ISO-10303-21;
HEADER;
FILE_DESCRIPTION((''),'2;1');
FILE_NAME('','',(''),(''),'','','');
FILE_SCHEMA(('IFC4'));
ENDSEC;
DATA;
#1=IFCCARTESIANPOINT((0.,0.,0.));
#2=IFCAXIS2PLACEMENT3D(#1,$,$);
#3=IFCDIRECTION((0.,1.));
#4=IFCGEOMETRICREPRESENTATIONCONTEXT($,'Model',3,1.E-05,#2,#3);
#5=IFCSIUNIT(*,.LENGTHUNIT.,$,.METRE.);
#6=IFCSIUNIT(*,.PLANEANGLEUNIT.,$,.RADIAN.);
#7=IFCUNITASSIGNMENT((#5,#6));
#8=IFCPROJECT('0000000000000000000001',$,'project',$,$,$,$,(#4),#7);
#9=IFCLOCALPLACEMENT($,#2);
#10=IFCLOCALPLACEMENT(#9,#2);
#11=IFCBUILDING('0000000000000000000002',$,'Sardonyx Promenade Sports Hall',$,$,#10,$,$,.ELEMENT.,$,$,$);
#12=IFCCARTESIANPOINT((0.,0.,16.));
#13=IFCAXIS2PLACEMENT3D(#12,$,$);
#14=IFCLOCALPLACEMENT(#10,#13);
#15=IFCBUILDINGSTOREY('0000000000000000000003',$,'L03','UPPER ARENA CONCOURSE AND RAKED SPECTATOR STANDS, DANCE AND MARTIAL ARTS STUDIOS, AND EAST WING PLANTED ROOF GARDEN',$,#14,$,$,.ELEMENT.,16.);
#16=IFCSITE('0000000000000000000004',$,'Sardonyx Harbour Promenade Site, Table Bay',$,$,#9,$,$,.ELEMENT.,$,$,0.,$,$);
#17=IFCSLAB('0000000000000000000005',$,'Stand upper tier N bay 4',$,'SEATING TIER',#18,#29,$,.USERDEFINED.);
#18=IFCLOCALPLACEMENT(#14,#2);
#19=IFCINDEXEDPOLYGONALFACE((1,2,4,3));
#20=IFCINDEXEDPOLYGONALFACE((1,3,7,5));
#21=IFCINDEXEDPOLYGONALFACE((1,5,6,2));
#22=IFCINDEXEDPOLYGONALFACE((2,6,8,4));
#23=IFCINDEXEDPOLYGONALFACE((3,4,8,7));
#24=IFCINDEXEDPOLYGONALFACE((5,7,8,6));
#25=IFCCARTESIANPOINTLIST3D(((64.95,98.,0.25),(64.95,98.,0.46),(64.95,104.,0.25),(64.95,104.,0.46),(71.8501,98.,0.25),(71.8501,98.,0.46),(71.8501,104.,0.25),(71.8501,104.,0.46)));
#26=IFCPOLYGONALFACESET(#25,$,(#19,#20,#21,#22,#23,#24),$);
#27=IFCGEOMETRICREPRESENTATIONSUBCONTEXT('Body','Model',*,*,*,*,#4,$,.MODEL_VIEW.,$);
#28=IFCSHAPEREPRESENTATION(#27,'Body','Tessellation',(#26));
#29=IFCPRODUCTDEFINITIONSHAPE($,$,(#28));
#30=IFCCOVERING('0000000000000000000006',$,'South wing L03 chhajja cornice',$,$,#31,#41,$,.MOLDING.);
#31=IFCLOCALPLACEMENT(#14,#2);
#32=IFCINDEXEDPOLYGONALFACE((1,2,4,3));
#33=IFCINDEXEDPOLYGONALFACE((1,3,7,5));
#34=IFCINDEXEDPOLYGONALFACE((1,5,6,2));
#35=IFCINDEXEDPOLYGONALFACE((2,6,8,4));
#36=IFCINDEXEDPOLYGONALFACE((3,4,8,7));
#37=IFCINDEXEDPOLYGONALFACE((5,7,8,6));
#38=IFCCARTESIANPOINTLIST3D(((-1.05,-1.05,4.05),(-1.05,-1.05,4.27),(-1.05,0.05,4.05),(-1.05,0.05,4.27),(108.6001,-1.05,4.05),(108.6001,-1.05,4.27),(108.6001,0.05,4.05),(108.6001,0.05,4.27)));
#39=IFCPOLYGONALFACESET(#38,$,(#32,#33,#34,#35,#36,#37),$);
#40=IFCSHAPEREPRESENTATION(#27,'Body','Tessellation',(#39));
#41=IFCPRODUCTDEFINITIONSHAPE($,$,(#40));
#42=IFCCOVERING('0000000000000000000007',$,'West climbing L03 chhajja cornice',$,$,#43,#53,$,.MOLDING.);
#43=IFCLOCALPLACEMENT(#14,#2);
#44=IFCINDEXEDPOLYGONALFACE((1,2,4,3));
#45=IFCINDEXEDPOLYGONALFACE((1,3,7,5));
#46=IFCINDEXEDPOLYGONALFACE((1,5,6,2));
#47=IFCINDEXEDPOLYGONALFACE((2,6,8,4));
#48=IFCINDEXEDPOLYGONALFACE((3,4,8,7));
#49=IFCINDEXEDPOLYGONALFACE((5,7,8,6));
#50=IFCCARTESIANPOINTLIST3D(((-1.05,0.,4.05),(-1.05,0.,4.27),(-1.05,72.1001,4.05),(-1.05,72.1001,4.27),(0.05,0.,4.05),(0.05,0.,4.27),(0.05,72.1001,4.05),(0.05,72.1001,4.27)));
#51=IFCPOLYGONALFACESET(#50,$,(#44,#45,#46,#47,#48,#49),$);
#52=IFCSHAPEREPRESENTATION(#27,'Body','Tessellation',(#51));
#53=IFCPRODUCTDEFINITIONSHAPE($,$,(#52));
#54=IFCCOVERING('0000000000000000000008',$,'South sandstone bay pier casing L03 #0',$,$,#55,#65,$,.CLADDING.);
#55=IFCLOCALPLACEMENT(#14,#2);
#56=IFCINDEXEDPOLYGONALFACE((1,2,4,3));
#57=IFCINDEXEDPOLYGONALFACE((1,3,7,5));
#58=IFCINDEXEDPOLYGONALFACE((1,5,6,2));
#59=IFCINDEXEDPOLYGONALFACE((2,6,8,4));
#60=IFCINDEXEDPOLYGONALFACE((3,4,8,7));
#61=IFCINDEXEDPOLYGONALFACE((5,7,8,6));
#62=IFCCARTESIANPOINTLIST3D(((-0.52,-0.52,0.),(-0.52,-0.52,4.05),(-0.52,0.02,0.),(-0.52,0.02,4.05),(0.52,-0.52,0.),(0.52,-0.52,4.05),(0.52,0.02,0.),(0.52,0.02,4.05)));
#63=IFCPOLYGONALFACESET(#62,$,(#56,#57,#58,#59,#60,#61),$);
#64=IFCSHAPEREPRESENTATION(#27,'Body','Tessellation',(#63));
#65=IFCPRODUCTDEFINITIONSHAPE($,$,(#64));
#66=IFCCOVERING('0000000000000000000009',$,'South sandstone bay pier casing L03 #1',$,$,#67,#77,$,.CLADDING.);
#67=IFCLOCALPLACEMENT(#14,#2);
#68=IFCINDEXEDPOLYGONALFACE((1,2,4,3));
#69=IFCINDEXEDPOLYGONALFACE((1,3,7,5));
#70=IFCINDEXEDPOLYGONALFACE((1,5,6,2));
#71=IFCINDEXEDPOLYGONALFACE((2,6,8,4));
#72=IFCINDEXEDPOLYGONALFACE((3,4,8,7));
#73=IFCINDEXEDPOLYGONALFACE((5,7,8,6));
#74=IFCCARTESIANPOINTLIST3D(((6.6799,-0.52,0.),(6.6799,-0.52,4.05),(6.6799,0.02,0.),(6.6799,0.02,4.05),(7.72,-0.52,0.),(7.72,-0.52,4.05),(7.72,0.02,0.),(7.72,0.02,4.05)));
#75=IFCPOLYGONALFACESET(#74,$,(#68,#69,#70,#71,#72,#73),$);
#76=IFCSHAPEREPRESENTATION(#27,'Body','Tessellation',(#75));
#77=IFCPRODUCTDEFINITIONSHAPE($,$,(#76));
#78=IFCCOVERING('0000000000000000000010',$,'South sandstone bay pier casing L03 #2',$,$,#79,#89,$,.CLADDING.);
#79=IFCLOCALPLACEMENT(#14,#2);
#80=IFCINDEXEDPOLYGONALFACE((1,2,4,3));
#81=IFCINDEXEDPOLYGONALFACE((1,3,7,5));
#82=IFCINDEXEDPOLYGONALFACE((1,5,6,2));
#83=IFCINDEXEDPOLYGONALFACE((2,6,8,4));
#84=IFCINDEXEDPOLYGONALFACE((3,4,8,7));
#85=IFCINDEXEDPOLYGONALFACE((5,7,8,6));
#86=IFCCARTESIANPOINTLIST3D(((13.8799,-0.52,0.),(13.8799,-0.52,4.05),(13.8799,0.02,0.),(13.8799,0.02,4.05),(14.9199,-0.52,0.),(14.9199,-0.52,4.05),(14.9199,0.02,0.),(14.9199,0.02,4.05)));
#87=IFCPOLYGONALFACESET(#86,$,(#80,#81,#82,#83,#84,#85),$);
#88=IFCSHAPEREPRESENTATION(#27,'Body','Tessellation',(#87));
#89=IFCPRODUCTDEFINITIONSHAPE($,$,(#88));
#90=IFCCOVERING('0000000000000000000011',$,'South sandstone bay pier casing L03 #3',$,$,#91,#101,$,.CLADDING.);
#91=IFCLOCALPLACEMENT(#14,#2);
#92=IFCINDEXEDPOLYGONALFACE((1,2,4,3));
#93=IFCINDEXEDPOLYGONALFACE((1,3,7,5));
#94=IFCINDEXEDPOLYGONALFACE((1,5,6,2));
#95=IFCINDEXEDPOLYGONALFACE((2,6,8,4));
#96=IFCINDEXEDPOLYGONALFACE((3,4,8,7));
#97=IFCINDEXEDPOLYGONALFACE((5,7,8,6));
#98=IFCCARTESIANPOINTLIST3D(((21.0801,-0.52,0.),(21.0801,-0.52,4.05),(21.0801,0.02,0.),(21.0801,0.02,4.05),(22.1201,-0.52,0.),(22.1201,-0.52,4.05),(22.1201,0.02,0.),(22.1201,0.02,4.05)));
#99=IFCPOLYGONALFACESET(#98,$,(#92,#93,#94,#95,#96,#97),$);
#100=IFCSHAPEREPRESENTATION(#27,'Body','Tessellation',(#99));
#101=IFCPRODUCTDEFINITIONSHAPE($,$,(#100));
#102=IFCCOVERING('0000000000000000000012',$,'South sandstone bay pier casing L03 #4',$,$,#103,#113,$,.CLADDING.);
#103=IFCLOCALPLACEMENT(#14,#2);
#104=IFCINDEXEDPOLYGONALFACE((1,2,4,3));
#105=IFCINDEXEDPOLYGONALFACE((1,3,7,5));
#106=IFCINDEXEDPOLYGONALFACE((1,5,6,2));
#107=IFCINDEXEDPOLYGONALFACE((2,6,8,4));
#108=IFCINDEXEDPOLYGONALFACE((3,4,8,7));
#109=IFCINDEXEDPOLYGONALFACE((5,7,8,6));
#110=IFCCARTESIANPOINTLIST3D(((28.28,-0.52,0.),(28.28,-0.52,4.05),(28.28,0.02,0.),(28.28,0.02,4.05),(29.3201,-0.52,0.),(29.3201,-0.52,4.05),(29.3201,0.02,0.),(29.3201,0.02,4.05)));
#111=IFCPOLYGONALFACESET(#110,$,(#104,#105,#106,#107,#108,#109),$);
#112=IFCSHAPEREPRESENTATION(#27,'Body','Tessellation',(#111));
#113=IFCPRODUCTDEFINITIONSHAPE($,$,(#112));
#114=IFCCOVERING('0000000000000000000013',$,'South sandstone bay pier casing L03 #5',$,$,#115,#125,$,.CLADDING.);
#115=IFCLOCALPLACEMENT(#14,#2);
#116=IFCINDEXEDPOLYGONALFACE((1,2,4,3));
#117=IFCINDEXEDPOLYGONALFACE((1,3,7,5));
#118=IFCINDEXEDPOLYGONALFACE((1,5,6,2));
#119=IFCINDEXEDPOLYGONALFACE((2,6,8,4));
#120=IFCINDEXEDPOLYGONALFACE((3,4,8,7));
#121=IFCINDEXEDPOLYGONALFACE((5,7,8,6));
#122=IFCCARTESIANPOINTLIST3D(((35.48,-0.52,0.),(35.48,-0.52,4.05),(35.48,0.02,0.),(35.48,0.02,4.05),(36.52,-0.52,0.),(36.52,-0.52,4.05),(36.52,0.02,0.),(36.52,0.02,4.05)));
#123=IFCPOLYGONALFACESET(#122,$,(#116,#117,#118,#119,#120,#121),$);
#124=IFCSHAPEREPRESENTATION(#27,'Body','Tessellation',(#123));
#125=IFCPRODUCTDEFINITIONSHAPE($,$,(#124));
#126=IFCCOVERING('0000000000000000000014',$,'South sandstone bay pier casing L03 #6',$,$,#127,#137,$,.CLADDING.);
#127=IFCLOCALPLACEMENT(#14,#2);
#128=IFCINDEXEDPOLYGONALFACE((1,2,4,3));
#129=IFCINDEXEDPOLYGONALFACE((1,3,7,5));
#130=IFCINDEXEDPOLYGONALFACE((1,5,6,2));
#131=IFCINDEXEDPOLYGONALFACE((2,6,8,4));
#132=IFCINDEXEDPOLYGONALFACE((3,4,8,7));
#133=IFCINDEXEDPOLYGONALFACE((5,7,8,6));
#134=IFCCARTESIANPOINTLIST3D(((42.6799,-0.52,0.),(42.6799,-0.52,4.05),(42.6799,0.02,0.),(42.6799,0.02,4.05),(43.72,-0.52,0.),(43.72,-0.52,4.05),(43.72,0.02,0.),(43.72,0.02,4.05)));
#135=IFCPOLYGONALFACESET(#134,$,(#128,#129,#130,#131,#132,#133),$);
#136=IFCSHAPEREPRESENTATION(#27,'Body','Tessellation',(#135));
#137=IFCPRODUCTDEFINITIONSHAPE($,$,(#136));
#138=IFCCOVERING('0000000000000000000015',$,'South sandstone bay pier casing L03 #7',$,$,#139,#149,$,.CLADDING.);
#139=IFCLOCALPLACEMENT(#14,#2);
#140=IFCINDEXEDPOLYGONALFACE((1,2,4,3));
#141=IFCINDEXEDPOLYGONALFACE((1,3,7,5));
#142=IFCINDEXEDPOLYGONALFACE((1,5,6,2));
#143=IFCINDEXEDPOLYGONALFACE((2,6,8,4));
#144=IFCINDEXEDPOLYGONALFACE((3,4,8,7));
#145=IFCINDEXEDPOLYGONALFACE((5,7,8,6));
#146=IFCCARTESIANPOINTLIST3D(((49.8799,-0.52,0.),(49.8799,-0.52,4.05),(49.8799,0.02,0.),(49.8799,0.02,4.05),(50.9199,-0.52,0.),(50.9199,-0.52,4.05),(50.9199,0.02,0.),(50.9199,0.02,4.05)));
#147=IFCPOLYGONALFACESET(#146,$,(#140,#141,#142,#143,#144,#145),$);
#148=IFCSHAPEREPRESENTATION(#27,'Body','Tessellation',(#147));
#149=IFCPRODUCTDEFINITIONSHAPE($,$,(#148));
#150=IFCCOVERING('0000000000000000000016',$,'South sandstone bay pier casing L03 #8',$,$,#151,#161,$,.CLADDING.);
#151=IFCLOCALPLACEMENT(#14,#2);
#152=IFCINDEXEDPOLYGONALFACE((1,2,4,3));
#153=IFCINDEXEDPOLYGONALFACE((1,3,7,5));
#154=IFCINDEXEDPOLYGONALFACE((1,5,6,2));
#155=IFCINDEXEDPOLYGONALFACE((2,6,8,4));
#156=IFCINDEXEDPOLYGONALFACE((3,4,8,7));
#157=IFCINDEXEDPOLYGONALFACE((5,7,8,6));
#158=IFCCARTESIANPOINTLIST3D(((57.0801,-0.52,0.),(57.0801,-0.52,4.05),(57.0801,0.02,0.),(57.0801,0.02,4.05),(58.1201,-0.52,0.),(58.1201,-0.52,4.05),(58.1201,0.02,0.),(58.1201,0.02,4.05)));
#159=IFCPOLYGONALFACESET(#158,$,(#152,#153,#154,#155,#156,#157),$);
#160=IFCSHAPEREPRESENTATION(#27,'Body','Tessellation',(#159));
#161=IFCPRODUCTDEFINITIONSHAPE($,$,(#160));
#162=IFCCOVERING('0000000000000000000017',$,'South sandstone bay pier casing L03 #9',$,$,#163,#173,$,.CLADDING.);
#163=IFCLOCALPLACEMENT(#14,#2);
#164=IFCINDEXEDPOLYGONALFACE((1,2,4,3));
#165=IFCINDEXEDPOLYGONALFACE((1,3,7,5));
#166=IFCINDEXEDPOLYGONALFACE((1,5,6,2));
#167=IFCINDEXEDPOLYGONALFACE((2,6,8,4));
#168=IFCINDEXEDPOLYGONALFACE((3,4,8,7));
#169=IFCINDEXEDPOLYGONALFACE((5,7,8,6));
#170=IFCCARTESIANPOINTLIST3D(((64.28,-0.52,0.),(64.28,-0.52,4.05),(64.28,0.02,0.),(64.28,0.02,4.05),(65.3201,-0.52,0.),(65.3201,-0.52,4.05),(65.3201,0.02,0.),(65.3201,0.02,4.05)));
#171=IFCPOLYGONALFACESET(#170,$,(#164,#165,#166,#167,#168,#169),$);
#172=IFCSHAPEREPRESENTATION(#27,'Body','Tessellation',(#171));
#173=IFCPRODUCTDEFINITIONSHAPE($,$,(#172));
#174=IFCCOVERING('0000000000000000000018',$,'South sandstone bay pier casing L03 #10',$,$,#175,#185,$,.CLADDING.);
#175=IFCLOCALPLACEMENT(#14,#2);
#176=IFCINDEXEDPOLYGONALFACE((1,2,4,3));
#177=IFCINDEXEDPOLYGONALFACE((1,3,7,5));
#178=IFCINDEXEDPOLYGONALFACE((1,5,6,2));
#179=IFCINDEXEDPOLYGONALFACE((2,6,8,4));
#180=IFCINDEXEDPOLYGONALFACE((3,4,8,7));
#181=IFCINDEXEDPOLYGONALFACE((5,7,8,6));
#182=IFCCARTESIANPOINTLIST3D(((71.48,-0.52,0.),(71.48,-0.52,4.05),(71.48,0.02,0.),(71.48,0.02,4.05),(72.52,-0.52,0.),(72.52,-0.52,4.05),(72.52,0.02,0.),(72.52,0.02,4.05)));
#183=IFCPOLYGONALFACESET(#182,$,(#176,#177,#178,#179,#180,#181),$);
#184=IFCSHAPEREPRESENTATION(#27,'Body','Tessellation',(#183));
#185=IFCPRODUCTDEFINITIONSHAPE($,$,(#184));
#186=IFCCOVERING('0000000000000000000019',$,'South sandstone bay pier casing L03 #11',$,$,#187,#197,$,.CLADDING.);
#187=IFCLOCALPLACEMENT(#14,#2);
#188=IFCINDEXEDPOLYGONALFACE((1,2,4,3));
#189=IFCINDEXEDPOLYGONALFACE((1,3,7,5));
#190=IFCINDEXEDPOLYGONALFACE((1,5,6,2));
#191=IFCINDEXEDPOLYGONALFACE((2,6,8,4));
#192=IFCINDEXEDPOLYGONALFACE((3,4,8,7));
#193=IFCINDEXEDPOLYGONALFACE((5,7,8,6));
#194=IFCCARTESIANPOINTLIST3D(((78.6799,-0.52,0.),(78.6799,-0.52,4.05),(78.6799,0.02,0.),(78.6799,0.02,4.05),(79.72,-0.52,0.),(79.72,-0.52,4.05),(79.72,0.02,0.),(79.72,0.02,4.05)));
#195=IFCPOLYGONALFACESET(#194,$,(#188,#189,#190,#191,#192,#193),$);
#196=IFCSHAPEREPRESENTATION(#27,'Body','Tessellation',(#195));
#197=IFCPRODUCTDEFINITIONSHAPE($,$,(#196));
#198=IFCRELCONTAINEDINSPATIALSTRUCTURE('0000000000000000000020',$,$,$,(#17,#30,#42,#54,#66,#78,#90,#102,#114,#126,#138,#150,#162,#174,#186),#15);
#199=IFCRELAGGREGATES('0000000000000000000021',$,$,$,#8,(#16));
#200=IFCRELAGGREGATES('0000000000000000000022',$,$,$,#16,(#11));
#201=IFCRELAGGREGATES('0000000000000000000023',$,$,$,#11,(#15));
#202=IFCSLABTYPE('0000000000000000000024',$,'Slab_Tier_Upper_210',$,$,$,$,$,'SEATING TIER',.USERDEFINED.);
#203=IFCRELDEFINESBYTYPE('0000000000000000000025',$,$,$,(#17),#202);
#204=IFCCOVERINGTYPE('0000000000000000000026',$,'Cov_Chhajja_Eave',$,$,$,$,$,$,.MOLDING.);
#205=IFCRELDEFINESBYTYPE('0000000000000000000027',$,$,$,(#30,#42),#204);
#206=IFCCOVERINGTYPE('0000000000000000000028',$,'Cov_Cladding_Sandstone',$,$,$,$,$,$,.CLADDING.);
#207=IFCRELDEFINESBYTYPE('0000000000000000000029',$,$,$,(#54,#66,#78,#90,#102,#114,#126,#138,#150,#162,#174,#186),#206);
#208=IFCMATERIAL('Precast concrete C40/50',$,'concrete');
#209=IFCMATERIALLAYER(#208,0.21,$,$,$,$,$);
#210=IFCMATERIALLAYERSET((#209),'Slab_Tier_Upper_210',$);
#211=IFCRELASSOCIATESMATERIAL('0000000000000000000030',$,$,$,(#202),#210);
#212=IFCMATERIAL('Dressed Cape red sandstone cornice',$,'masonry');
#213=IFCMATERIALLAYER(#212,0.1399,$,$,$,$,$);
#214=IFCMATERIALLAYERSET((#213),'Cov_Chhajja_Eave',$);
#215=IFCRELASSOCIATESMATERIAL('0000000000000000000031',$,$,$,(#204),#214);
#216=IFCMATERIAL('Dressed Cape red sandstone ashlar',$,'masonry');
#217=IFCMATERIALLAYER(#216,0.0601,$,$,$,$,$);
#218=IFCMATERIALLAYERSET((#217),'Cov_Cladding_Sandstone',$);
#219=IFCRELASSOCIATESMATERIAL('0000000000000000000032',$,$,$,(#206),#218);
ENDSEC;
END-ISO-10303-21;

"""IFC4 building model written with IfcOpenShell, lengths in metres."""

from ifc_helpers import new_model, si_unit, direction, frame, origin, place, context, subcontext, project, spatial, polyline, outline, extrude, material, layer, layer_set, type_object, element, save


model = new_model("IFC4")

# Units and contexts
model_context = context("Model", 3, precision=1e-05, world=origin(), true_north=direction((0.0, 1.0)))
body_context = subcontext(model_context, "Body", "Model", "MODEL_VIEW")
ifc_project = project(units=[si_unit("LENGTHUNIT", "METRE"), si_unit("PLANEANGLEUNIT", "RADIAN")], contexts=[model_context])

# Site, building, storey
site_placement = place(None, origin())
site = spatial("IfcSite", under=ifc_project, at=site_placement, Name="Sardonyx Harbour Promenade Site, Table Bay", CompositionType="ELEMENT", RefElevation=0.0)
building_placement = place(site_placement, origin())
building = spatial("IfcBuilding", under=site, at=building_placement, Name="Sardonyx Promenade Sports Hall", CompositionType="ELEMENT")
storey_placement = place(building_placement, frame((0.0, 0.0, 16.0)))
storey = spatial("IfcBuildingStorey", under=building, at=storey_placement, Name="L03", Description="UPPER ARENA CONCOURSE AND RAKED SPECTATOR STANDS, DANCE AND MARTIAL ARTS STUDIOS, AND EAST WING PLANTED ROOF GARDEN", CompositionType="ELEMENT", Elevation=16.0)

# Slab
ifc_material_1 = material(Name="Precast concrete C40/50", Category="concrete")
ifc_layer_1 = layer(ifc_material_1, 0.21)
ifc_layer_set_1 = layer_set([ifc_layer_1], Name="Slab_Tier_Upper_210")
slab_type_1 = type_object("IfcSlabType", Name="Slab_Tier_Upper_210", ElementType="SEATING TIER", PredefinedType="USERDEFINED", material=ifc_layer_set_1)
slab_1_placement = place(storey_placement, frame((0.0, 0.0, 0.25)))
element("IfcSlab", 1, at=slab_1_placement, inside=storey, type_object=slab_type_1, Name="Stand upper tier N bay 4", ObjectType="SEATING TIER", PredefinedType="USERDEFINED", context=body_context, shape_type="SweptSolid", body=[
    extrude(outline(polyline([(64.95, 98.0), (71.8501, 98.0), (71.8501, 104.0), (64.95, 104.0), (64.95, 98.0)])), origin(), (0.0, 0.0, 1.0), 0.21),
])

# Coverings
ifc_material_2 = material(Name="Dressed Cape red sandstone cornice", Category="masonry")
ifc_layer_2 = layer(ifc_material_2, 0.1399)
ifc_layer_set_2 = layer_set([ifc_layer_2], Name="Cov_Chhajja_Eave")
covering_type_1 = type_object("IfcCoveringType", Name="Cov_Chhajja_Eave", PredefinedType="MOLDING", material=ifc_layer_set_2)
covering_1_placement = place(storey_placement, frame((0.0, 0.0, 4.05)))
element("IfcCovering", 2, at=covering_1_placement, inside=storey, type_object=covering_type_1, Name="South wing L03 chhajja cornice", PredefinedType="MOLDING", context=body_context, shape_type="SweptSolid", body=[
    extrude(outline(polyline([(-1.05, -1.05), (108.6001, -1.05), (108.6001, 0.05), (-1.05, 0.05), (-1.05, -1.05)])), origin(), (0.0, 0.0, 1.0), 0.22),
])
covering_2_placement = place(storey_placement, frame((0.0, 0.0, 4.05)))
element("IfcCovering", 3, at=covering_2_placement, inside=storey, type_object=covering_type_1, Name="West climbing L03 chhajja cornice", PredefinedType="MOLDING", context=body_context, shape_type="SweptSolid", body=[
    extrude(outline(polyline([(-1.05, 0.0), (0.05, 0.0), (0.05, 72.1001), (-1.05, 72.1001), (-1.05, 0.0)])), origin(), (0.0, 0.0, 1.0), 0.22),
])
ifc_material_3 = material(Name="Dressed Cape red sandstone ashlar", Category="masonry")
ifc_layer_3 = layer(ifc_material_3, 0.0601)
ifc_layer_set_3 = layer_set([ifc_layer_3], Name="Cov_Cladding_Sandstone")
covering_type_2 = type_object("IfcCoveringType", Name="Cov_Cladding_Sandstone", PredefinedType="CLADDING", material=ifc_layer_set_3)
covering_3_placement = place(storey_placement, origin())
element("IfcCovering", 4, at=covering_3_placement, inside=storey, type_object=covering_type_2, Name="South sandstone bay pier casing L03 #0", PredefinedType="CLADDING", context=body_context, shape_type="SweptSolid", body=[
    extrude(outline(polyline([(-0.52, -0.52), (0.52, -0.52), (0.52, 0.02), (-0.52, 0.02), (-0.52, -0.52)])), origin(), (0.0, 0.0, 1.0), 4.05),
])
covering_4_placement = place(storey_placement, origin())
element("IfcCovering", 5, at=covering_4_placement, inside=storey, type_object=covering_type_2, Name="South sandstone bay pier casing L03 #1", PredefinedType="CLADDING", context=body_context, shape_type="SweptSolid", body=[
    extrude(outline(polyline([(6.6799, -0.52), (7.72, -0.52), (7.72, 0.02), (6.6799, 0.02), (6.6799, -0.52)])), origin(), (0.0, 0.0, 1.0), 4.05),
])
covering_5_placement = place(storey_placement, origin())
element("IfcCovering", 6, at=covering_5_placement, inside=storey, type_object=covering_type_2, Name="South sandstone bay pier casing L03 #2", PredefinedType="CLADDING", context=body_context, shape_type="SweptSolid", body=[
    extrude(outline(polyline([(13.8799, -0.52), (14.9199, -0.52), (14.9199, 0.02), (13.8799, 0.02), (13.8799, -0.52)])), origin(), (0.0, 0.0, 1.0), 4.05),
])
covering_6_placement = place(storey_placement, origin())
element("IfcCovering", 7, at=covering_6_placement, inside=storey, type_object=covering_type_2, Name="South sandstone bay pier casing L03 #3", PredefinedType="CLADDING", context=body_context, shape_type="SweptSolid", body=[
    extrude(outline(polyline([(21.0801, -0.52), (22.1201, -0.52), (22.1201, 0.02), (21.0801, 0.02), (21.0801, -0.52)])), origin(), (0.0, 0.0, 1.0), 4.05),
])
covering_7_placement = place(storey_placement, origin())
element("IfcCovering", 8, at=covering_7_placement, inside=storey, type_object=covering_type_2, Name="South sandstone bay pier casing L03 #4", PredefinedType="CLADDING", context=body_context, shape_type="SweptSolid", body=[
    extrude(outline(polyline([(28.28, -0.52), (29.3201, -0.52), (29.3201, 0.02), (28.28, 0.02), (28.28, -0.52)])), origin(), (0.0, 0.0, 1.0), 4.05),
])
covering_8_placement = place(storey_placement, origin())
element("IfcCovering", 9, at=covering_8_placement, inside=storey, type_object=covering_type_2, Name="South sandstone bay pier casing L03 #5", PredefinedType="CLADDING", context=body_context, shape_type="SweptSolid", body=[
    extrude(outline(polyline([(35.48, -0.52), (36.52, -0.52), (36.52, 0.02), (35.48, 0.02), (35.48, -0.52)])), origin(), (0.0, 0.0, 1.0), 4.05),
])
covering_9_placement = place(storey_placement, origin())
element("IfcCovering", 10, at=covering_9_placement, inside=storey, type_object=covering_type_2, Name="South sandstone bay pier casing L03 #6", PredefinedType="CLADDING", context=body_context, shape_type="SweptSolid", body=[
    extrude(outline(polyline([(42.6799, -0.52), (43.72, -0.52), (43.72, 0.02), (42.6799, 0.02), (42.6799, -0.52)])), origin(), (0.0, 0.0, 1.0), 4.05),
])
covering_10_placement = place(storey_placement, origin())
element("IfcCovering", 11, at=covering_10_placement, inside=storey, type_object=covering_type_2, Name="South sandstone bay pier casing L03 #7", PredefinedType="CLADDING", context=body_context, shape_type="SweptSolid", body=[
    extrude(outline(polyline([(49.8799, -0.52), (50.9199, -0.52), (50.9199, 0.02), (49.8799, 0.02), (49.8799, -0.52)])), origin(), (0.0, 0.0, 1.0), 4.05),
])
covering_11_placement = place(storey_placement, origin())
element("IfcCovering", 12, at=covering_11_placement, inside=storey, type_object=covering_type_2, Name="South sandstone bay pier casing L03 #8", PredefinedType="CLADDING", context=body_context, shape_type="SweptSolid", body=[
    extrude(outline(polyline([(57.0801, -0.52), (58.1201, -0.52), (58.1201, 0.02), (57.0801, 0.02), (57.0801, -0.52)])), origin(), (0.0, 0.0, 1.0), 4.05),
])
covering_12_placement = place(storey_placement, origin())
element("IfcCovering", 13, at=covering_12_placement, inside=storey, type_object=covering_type_2, Name="South sandstone bay pier casing L03 #9", PredefinedType="CLADDING", context=body_context, shape_type="SweptSolid", body=[
    extrude(outline(polyline([(64.28, -0.52), (65.3201, -0.52), (65.3201, 0.02), (64.28, 0.02), (64.28, -0.52)])), origin(), (0.0, 0.0, 1.0), 4.05),
])
covering_13_placement = place(storey_placement, origin())
element("IfcCovering", 14, at=covering_13_placement, inside=storey, type_object=covering_type_2, Name="South sandstone bay pier casing L03 #10", PredefinedType="CLADDING", context=body_context, shape_type="SweptSolid", body=[
    extrude(outline(polyline([(71.48, -0.52), (72.52, -0.52), (72.52, 0.02), (71.48, 0.02), (71.48, -0.52)])), origin(), (0.0, 0.0, 1.0), 4.05),
])
covering_14_placement = place(storey_placement, origin())
element("IfcCovering", 15, at=covering_14_placement, inside=storey, type_object=covering_type_2, Name="South sandstone bay pier casing L03 #11", PredefinedType="CLADDING", context=body_context, shape_type="SweptSolid", body=[
    extrude(outline(polyline([(78.6799, -0.52), (79.72, -0.52), (79.72, 0.02), (78.6799, 0.02), (78.6799, -0.52)])), origin(), (0.0, 0.0, 1.0), 4.05),
])

save(model, "model.ifc")
